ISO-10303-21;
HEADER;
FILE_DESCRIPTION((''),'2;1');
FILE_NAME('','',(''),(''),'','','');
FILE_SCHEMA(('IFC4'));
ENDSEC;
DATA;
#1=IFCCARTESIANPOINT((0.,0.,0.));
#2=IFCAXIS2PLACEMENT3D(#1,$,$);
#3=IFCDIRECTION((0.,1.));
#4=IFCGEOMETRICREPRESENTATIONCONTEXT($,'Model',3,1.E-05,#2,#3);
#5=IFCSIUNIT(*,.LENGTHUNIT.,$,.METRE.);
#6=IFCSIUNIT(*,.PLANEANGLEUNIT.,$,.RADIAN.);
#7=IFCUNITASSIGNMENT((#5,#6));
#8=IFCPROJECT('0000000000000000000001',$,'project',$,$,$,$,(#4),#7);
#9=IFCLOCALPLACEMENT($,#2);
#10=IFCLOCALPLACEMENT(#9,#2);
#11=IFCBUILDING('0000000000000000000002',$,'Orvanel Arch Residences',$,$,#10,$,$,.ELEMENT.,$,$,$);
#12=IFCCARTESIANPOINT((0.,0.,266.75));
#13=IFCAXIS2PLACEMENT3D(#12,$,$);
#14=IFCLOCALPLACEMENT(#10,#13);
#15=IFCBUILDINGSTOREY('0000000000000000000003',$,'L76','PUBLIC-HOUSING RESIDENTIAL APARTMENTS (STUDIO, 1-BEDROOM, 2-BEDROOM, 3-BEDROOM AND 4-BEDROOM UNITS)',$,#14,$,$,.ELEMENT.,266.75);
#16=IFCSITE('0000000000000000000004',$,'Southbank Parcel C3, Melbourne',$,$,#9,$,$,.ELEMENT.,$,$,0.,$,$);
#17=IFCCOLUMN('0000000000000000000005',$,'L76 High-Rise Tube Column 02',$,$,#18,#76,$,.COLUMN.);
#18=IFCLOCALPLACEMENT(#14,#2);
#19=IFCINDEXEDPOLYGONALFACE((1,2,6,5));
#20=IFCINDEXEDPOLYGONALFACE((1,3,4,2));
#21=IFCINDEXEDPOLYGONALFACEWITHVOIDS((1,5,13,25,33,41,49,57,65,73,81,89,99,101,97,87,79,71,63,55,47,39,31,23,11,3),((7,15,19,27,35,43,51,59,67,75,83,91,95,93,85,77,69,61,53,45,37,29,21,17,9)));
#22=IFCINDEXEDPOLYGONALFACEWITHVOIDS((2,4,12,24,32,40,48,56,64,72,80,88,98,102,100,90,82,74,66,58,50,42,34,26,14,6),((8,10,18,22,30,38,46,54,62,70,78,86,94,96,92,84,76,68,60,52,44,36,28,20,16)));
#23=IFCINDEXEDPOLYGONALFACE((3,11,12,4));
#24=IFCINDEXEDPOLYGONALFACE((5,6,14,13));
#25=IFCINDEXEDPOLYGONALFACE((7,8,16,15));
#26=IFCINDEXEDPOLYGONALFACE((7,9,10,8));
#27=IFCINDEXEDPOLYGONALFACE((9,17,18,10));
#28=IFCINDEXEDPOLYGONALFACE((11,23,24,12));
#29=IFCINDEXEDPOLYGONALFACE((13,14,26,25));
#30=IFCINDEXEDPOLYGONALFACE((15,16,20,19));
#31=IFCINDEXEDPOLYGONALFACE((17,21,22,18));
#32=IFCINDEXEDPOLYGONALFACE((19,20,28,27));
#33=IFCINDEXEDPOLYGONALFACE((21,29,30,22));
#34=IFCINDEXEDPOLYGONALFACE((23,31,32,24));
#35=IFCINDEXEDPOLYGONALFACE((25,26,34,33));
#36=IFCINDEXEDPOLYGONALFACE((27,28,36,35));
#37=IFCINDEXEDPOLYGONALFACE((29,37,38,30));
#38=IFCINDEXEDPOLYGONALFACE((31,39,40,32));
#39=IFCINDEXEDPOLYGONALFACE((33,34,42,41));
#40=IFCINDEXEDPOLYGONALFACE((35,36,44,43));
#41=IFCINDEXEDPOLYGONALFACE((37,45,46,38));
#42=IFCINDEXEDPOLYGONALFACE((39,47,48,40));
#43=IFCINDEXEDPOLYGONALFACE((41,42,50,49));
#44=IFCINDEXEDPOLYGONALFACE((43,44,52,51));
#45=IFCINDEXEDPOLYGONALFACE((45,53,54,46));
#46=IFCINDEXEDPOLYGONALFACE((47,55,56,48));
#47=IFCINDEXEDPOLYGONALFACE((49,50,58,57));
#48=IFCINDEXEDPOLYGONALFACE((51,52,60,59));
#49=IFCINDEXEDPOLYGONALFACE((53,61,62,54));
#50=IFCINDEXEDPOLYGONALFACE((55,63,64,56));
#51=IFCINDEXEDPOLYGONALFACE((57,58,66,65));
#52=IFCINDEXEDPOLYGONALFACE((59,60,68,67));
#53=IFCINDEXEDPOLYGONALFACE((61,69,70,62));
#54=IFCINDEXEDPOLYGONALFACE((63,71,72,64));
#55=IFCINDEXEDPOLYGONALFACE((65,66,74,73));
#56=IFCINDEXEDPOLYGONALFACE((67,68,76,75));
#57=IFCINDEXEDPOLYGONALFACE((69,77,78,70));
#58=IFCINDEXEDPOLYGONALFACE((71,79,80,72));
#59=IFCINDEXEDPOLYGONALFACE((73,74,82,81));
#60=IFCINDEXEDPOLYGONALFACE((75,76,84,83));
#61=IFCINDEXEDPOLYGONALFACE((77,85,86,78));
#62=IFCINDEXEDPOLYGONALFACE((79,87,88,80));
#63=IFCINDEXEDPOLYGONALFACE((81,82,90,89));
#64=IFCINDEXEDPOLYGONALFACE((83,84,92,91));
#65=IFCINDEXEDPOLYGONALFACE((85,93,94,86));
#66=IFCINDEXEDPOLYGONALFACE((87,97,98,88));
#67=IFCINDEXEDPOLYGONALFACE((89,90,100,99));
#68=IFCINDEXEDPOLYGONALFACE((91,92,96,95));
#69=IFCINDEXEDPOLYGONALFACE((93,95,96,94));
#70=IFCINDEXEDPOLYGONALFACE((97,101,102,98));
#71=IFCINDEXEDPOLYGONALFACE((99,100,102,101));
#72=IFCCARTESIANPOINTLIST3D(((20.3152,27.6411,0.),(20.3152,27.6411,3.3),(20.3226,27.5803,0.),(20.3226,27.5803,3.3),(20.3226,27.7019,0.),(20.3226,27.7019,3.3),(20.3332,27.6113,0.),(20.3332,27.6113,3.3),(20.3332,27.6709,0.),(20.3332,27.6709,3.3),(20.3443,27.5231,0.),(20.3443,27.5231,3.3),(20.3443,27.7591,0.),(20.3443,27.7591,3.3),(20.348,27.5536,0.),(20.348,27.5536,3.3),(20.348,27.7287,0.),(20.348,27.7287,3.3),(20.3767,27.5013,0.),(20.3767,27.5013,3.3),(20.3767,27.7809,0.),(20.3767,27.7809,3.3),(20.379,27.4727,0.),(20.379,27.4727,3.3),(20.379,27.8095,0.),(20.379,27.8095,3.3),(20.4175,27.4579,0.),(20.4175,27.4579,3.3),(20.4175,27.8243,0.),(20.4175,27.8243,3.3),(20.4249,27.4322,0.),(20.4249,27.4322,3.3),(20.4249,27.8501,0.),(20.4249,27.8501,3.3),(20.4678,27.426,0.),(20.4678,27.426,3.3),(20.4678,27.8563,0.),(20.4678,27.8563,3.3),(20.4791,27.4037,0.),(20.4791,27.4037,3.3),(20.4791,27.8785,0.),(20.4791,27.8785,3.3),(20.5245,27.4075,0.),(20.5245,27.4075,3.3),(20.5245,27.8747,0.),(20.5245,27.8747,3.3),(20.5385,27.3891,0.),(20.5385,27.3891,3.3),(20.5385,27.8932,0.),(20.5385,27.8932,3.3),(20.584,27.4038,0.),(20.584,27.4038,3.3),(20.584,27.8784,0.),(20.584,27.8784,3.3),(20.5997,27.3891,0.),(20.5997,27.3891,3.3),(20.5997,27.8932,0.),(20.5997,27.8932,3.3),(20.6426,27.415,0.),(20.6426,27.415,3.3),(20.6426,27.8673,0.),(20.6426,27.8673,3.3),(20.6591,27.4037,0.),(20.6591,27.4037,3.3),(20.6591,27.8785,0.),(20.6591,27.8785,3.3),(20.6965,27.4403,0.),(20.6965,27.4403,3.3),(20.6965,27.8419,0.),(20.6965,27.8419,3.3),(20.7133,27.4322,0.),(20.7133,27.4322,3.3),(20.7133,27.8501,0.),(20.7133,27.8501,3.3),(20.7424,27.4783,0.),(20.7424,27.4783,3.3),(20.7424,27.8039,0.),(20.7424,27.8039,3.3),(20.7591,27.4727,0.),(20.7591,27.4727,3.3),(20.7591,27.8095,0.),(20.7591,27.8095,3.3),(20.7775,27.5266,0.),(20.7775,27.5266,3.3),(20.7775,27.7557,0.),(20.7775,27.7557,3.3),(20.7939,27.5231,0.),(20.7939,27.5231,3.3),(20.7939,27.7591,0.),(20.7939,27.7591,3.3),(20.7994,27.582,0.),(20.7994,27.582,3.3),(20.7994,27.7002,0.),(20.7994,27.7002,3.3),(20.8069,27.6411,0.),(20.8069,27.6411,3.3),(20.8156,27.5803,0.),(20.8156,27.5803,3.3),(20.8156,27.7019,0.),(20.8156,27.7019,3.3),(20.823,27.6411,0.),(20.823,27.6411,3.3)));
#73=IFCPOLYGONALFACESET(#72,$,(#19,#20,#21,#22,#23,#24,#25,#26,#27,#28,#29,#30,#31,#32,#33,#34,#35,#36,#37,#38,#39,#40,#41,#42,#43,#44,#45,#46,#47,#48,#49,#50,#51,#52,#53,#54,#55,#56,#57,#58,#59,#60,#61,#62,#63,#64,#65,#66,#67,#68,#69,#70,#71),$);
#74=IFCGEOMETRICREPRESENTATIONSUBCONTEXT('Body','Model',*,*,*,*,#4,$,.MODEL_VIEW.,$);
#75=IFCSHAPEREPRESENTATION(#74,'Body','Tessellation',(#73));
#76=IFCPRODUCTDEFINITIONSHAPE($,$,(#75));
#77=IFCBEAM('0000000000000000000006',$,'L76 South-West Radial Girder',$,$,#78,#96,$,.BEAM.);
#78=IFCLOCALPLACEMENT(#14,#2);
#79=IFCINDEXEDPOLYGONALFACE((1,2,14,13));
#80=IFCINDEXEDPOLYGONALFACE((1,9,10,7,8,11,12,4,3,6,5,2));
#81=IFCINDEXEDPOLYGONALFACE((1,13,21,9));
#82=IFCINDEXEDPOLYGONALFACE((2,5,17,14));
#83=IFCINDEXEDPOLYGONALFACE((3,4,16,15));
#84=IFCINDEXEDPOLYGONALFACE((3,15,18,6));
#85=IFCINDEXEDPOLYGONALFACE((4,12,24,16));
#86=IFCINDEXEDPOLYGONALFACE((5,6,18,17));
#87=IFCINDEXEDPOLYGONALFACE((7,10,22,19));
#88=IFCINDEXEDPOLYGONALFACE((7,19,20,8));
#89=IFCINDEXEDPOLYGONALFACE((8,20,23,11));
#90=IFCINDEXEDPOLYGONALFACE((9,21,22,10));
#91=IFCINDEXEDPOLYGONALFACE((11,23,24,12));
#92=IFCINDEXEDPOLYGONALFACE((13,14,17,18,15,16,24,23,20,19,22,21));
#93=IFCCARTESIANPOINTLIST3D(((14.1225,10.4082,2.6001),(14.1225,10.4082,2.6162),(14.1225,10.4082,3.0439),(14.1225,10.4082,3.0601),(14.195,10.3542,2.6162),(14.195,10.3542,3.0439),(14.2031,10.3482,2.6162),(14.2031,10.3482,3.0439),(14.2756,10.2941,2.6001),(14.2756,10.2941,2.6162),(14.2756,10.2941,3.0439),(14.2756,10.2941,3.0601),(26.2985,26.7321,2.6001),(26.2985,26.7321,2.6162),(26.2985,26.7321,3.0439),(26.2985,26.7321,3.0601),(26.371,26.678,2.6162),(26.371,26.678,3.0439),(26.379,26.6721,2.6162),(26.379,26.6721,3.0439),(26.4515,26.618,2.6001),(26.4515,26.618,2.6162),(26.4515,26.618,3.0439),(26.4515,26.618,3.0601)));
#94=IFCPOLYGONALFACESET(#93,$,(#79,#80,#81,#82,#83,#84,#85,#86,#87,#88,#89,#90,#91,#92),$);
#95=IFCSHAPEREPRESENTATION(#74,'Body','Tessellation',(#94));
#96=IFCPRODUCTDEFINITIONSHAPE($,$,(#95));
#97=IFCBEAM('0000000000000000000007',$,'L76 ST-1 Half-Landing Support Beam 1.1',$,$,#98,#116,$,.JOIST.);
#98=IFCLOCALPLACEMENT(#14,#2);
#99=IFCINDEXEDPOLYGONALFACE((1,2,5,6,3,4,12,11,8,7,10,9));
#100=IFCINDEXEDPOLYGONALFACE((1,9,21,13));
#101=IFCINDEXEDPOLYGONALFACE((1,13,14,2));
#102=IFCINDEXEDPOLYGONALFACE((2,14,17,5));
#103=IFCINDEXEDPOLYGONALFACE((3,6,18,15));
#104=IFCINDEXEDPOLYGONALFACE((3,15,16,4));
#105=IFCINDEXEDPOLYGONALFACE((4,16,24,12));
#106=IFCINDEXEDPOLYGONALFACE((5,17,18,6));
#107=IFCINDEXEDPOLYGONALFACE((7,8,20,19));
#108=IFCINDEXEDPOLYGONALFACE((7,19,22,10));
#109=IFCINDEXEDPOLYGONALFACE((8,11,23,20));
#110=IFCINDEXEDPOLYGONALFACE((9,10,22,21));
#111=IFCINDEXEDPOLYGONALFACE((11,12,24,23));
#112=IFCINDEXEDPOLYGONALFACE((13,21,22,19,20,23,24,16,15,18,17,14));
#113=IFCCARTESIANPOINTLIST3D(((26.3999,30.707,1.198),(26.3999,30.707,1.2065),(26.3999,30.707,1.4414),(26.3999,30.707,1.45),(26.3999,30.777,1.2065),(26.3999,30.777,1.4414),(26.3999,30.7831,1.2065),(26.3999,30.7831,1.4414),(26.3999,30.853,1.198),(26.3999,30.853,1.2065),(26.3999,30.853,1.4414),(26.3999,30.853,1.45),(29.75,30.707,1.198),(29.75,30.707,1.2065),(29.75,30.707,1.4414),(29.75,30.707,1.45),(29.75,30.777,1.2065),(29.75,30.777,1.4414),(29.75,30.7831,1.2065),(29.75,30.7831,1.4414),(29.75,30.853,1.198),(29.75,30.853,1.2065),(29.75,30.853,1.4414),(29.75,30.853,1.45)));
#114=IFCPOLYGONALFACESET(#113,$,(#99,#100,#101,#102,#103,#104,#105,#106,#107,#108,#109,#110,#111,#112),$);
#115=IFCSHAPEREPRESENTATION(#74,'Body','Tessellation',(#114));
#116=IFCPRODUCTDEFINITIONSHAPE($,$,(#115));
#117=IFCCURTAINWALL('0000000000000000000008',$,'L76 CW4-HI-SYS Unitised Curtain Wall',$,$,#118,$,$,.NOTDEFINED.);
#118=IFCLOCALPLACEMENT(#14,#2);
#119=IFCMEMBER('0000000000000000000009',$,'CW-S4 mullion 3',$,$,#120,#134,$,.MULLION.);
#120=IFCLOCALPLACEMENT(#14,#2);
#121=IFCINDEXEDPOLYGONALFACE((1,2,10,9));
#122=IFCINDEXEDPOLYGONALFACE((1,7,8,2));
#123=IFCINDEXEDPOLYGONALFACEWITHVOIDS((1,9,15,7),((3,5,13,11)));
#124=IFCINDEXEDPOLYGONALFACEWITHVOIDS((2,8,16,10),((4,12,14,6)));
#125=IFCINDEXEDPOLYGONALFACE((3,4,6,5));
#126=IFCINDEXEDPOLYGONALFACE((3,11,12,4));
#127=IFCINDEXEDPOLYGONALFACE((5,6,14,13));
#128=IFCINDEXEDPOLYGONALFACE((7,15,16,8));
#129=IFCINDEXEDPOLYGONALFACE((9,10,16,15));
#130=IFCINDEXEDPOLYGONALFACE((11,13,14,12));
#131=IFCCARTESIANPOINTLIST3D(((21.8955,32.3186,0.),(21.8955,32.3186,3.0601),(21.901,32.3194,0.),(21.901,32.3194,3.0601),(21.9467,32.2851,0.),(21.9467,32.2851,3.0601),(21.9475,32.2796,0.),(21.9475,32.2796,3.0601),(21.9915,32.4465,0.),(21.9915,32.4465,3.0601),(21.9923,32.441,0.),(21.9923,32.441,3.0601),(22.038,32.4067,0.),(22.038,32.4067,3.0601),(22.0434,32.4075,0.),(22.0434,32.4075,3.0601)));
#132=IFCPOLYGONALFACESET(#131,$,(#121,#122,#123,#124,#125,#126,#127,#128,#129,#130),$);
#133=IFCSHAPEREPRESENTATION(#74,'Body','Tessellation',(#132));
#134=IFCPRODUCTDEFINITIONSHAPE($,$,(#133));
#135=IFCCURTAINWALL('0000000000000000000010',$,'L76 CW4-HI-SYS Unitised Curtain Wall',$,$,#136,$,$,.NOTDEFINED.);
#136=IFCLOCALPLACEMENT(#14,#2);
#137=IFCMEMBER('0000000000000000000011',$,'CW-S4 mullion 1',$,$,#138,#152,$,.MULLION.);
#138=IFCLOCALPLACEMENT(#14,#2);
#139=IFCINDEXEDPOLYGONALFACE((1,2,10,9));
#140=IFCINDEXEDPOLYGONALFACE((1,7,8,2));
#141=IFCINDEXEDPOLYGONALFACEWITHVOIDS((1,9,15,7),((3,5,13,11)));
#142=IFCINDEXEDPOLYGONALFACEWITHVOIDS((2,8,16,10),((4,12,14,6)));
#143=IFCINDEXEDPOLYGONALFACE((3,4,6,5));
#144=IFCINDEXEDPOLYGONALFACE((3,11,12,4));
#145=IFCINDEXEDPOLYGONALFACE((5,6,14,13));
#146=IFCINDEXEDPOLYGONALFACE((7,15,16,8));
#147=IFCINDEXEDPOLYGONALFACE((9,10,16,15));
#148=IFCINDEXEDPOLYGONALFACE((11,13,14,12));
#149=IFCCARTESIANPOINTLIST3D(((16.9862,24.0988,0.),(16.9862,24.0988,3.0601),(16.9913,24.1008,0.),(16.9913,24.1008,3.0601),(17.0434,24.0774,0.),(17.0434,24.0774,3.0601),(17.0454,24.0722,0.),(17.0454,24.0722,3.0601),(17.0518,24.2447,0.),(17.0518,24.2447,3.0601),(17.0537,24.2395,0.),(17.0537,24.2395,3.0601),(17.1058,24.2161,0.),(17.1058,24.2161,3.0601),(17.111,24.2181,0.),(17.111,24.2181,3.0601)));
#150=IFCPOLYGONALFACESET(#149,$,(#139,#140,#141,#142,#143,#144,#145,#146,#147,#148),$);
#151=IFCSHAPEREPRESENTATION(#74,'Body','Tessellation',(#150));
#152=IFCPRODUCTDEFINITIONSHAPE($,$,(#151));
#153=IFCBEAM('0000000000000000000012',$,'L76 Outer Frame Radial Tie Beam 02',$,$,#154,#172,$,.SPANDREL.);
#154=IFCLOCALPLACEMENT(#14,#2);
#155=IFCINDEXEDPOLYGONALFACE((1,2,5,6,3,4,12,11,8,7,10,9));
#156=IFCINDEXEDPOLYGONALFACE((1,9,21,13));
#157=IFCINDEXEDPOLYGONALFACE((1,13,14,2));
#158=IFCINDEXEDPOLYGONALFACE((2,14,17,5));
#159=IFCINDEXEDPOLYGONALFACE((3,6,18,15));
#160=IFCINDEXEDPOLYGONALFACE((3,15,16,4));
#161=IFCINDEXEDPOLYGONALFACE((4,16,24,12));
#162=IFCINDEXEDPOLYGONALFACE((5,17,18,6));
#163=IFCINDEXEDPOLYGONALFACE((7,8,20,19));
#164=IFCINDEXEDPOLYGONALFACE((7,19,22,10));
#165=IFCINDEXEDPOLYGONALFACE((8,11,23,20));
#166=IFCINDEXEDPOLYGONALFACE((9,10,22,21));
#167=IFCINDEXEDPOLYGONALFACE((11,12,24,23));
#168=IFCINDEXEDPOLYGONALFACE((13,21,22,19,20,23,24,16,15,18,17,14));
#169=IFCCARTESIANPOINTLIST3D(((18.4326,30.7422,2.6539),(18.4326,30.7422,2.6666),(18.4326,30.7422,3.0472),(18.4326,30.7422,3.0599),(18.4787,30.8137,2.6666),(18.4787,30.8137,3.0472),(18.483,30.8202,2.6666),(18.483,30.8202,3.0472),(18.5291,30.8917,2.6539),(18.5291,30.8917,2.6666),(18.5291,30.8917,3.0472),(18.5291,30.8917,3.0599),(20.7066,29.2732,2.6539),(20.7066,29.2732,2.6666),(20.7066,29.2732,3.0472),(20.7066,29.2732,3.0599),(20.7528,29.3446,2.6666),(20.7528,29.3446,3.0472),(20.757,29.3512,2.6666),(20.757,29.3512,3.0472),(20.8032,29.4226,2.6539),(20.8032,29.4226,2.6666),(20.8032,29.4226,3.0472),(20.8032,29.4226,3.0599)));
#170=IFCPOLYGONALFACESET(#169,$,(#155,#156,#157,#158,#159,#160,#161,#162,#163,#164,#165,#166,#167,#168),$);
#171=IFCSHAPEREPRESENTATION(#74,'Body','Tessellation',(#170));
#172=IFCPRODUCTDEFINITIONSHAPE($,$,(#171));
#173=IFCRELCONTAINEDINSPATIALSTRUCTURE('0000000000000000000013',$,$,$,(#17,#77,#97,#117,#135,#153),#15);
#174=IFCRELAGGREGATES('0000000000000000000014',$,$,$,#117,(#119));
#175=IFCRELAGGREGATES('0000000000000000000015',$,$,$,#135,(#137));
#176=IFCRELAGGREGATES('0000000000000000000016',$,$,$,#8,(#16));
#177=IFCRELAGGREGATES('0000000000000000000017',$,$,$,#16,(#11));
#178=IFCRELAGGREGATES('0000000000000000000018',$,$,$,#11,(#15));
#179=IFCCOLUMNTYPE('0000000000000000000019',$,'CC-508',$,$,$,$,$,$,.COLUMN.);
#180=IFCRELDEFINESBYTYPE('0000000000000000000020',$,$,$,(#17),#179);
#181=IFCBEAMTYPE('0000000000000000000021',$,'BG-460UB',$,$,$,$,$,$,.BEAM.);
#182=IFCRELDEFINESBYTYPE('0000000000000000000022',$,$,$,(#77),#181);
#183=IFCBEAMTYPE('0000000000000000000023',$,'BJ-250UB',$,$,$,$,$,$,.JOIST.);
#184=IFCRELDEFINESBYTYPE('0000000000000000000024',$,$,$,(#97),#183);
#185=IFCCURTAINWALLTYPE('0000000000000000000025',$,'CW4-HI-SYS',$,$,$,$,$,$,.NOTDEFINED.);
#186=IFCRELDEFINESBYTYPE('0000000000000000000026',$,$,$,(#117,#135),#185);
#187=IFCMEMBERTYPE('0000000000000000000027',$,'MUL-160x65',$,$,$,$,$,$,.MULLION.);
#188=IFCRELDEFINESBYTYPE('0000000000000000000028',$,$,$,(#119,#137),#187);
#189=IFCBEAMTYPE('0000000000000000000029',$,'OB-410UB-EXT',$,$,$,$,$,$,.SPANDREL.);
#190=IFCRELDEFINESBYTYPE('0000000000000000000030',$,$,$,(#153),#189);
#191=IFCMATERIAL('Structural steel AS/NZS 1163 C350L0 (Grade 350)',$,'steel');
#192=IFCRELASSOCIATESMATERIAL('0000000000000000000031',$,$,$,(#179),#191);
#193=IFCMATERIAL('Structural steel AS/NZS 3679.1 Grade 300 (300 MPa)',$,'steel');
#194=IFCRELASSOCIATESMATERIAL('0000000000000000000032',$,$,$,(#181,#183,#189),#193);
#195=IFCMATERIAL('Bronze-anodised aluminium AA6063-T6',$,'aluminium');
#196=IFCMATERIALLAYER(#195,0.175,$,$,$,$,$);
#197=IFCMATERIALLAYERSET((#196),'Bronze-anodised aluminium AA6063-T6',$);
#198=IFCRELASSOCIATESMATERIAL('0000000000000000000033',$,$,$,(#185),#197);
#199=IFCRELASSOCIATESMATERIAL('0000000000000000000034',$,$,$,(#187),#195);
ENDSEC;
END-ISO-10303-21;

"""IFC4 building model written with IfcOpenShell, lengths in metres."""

from ifc_helpers import new_model, si_unit, direction, frame, origin, origin_2d, place, context, subcontext, project, spatial, hollow_rectangle, hollow_circle, i_section, extrude, material, layer, layer_set, material_profile, profile_set, type_object, element, aggregate, save


model = new_model("IFC4")

# Units and contexts
model_context = context("Model", 3, precision=1e-05, world=origin(), true_north=direction((0.0, 1.0)))
body_context = subcontext(model_context, "Body", "Model", "MODEL_VIEW")
ifc_project = project(units=[si_unit("LENGTHUNIT", "METRE"), si_unit("PLANEANGLEUNIT", "RADIAN")], contexts=[model_context])

# Site, building, storey
site_placement = place(None, origin())
site = spatial("IfcSite", under=ifc_project, at=site_placement, Name="Southbank Parcel C3, Melbourne", CompositionType="ELEMENT", RefElevation=0.0)
building_placement = place(site_placement, origin())
building = spatial("IfcBuilding", under=site, at=building_placement, Name="Orvanel Arch Residences", CompositionType="ELEMENT")
storey_placement = place(building_placement, frame((0.0, 0.0, 266.75)))
storey = spatial("IfcBuildingStorey", under=building, at=storey_placement, Name="L76", Description="PUBLIC-HOUSING RESIDENTIAL APARTMENTS (STUDIO, 1-BEDROOM, 2-BEDROOM, 3-BEDROOM AND 4-BEDROOM UNITS)", CompositionType="ELEMENT", Elevation=266.75)

# Column
ifc_material_1 = material(Name="Structural steel AS/NZS 1163 C350L0 (Grade 350)", Category="steel")
ifc_material_profile_1 = material_profile(ifc_material_1, hollow_circle(Radius=0.2539, WallThickness=0.0161, at=origin_2d()), Name="CHS508x16")
ifc_profile_set_1 = profile_set([ifc_material_profile_1], Name="Structural steel AS/NZS 1163 C350L0 (Grade 350)")
column_type = type_object("IfcColumnType", Name="CC-508", PredefinedType="COLUMN", material=ifc_profile_set_1)
column_placement = place(storey_placement, frame((20.5691, 27.6411, 0.0), z_axis=(0.0, 0.0, 1.0), x_axis=(1.0, 0.0, 0.0)))
element("IfcColumn", 1, at=column_placement, inside=storey, type_object=column_type, Name="L76 High-Rise Tube Column 02", PredefinedType="COLUMN", context=body_context, shape_type="SweptSolid", body=[
    extrude(hollow_circle(Radius=0.2539, WallThickness=0.0161, at=origin_2d()), origin(), (0.0, 0.0, 1.0), 3.3),
])

# Beams
ifc_material_2 = material(Name="Structural steel AS/NZS 3679.1 Grade 300 (300 MPa)", Category="steel")
ifc_material_profile_2 = material_profile(ifc_material_2, i_section(OverallWidth=0.1909, OverallDepth=0.46, WebThickness=0.01, FlangeThickness=0.0161, at=origin_2d()), Name="460UB82.1")
ifc_profile_set_2 = profile_set([ifc_material_profile_2], Name="Structural steel AS/NZS 3679.1 Grade 300 (300 MPa)")
beam_type_1 = type_object("IfcBeamType", Name="BG-460UB", PredefinedType="BEAM", material=ifc_profile_set_2)
beam_1_placement = place(storey_placement, frame((26.375, 26.675, 2.8301), z_axis=(-0.597894, -0.801575, 0.0), x_axis=(0.801575, -0.597894, 0.0)))
element("IfcBeam", 2, at=beam_1_placement, inside=storey, type_object=beam_type_1, Name="L76 South-West Radial Girder", PredefinedType="BEAM", context=body_context, shape_type="SweptSolid", body=[
    extrude(i_section(OverallWidth=0.1909, OverallDepth=0.46, WebThickness=0.01, FlangeThickness=0.0161, at=origin_2d()), origin(), (0.0, 0.0, 1.0), 20.3647),
])
ifc_material_profile_3 = material_profile(ifc_material_2, i_section(OverallWidth=0.146, OverallDepth=0.252, WebThickness=0.0061, FlangeThickness=0.0085, at=origin_2d()), Name="250UB31.4")
ifc_profile_set_3 = profile_set([ifc_material_profile_3], Name="Structural steel AS/NZS 3679.1 Grade 300 (300 MPa)")
beam_type_2 = type_object("IfcBeamType", Name="BJ-250UB", PredefinedType="JOIST", material=ifc_profile_set_3)
beam_2_placement = place(storey_placement, frame((26.3999, 30.78, 1.324), z_axis=(1.0, 0.0, 0.0), x_axis=(0.0, 1.0, 0.0)))
element("IfcBeam", 3, at=beam_2_placement, inside=storey, type_object=beam_type_2, Name="L76 ST-1 Half-Landing Support Beam 1.1", PredefinedType="JOIST", context=body_context, shape_type="SweptSolid", body=[
    extrude(i_section(OverallWidth=0.146, OverallDepth=0.252, WebThickness=0.0061, FlangeThickness=0.0085, at=origin_2d()), origin(), (0.0, 0.0, 1.0), 3.3501),
])

# Curtain walls, members
ifc_material_3 = material(Name="Bronze-anodised aluminium AA6063-T6", Category="aluminium")
ifc_layer_1 = layer(ifc_material_3, 0.175)
ifc_layer_set_1 = layer_set([ifc_layer_1], Name="Bronze-anodised aluminium AA6063-T6")
curtain_wall_type = type_object("IfcCurtainWallType", Name="CW4-HI-SYS", PredefinedType="NOTDEFINED", material=ifc_layer_set_1)
curtain_wall_1_placement = place(storey_placement, origin())
curtain_wall_1 = element("IfcCurtainWall", 4, at=curtain_wall_1_placement, inside=storey, type_object=curtain_wall_type, Name="L76 CW4-HI-SYS Unitised Curtain Wall", PredefinedType="NOTDEFINED")
ifc_material_profile_4 = material_profile(ifc_material_3, hollow_rectangle(XDim=0.0649, YDim=0.1599, WallThickness=0.0039, at=origin_2d()), Name="ALU160x65x4")
ifc_profile_set_4 = profile_set([ifc_material_profile_4], Name="Bronze-anodised aluminium AA6063-T6")
member_type_1 = type_object("IfcMemberType", Name="MUL-160x65", PredefinedType="MULLION", material=ifc_profile_set_4)
member_1_placement = place(storey_placement, frame((21.9695, 32.363, 0.0), z_axis=(0.0, 0.0, 1.0), x_axis=(0.799772, -0.600304, 0.0)))
member_1 = element("IfcMember", 5, at=member_1_placement, type_object=member_type_1, Name="CW-S4 mullion 3", PredefinedType="MULLION", context=body_context, shape_type="SweptSolid", body=[
    extrude(hollow_rectangle(XDim=0.0649, YDim=0.1599, WallThickness=0.0039, at=origin_2d()), origin(), (0.0, 0.0, 1.0), 3.0601),
])
aggregate(curtain_wall_1, [member_1])
curtain_wall_2_placement = place(storey_placement, origin())
curtain_wall_2 = element("IfcCurtainWall", 6, at=curtain_wall_2_placement, inside=storey, type_object=curtain_wall_type, Name="L76 CW4-HI-SYS Unitised Curtain Wall", PredefinedType="NOTDEFINED")
member_2_placement = place(storey_placement, frame((17.0486, 24.1584, 0.0), z_axis=(0.0, 0.0, 1.0), x_axis=(0.91205, -0.410079, 0.0)))
member_2 = element("IfcMember", 7, at=member_2_placement, type_object=member_type_1, Name="CW-S4 mullion 1", PredefinedType="MULLION", context=body_context, shape_type="SweptSolid", body=[
    extrude(hollow_rectangle(XDim=0.0649, YDim=0.1599, WallThickness=0.0039, at=origin_2d()), origin(), (0.0, 0.0, 1.0), 3.0601),
])

# Beam
ifc_material_profile_5 = material_profile(ifc_material_2, i_section(OverallWidth=0.178, OverallDepth=0.406, WebThickness=0.0078, FlangeThickness=0.0127, at=origin_2d()), Name="410UB59.7")
ifc_profile_set_5 = profile_set([ifc_material_profile_5], Name="Structural steel AS/NZS 3679.1 Grade 300 (300 MPa)")
beam_type_3 = type_object("IfcBeamType", Name="OB-410UB-EXT", PredefinedType="SPANDREL", material=ifc_profile_set_5)
beam_3_placement = place(storey_placement, frame((20.7549, 29.3479, 2.8569), z_axis=(-0.839969, 0.542634, 0.0), x_axis=(-0.542634, -0.839969, 0.0)))
element("IfcBeam", 8, at=beam_3_placement, inside=storey, type_object=beam_type_3, Name="L76 Outer Frame Radial Tie Beam 02", PredefinedType="SPANDREL", context=body_context, shape_type="SweptSolid", body=[
    extrude(i_section(OverallWidth=0.178, OverallDepth=0.406, WebThickness=0.0078, FlangeThickness=0.0127, at=origin_2d()), origin(), (0.0, 0.0, 1.0), 2.7073),
])

aggregate(curtain_wall_2, [member_2])

save(model, "model.ifc")
